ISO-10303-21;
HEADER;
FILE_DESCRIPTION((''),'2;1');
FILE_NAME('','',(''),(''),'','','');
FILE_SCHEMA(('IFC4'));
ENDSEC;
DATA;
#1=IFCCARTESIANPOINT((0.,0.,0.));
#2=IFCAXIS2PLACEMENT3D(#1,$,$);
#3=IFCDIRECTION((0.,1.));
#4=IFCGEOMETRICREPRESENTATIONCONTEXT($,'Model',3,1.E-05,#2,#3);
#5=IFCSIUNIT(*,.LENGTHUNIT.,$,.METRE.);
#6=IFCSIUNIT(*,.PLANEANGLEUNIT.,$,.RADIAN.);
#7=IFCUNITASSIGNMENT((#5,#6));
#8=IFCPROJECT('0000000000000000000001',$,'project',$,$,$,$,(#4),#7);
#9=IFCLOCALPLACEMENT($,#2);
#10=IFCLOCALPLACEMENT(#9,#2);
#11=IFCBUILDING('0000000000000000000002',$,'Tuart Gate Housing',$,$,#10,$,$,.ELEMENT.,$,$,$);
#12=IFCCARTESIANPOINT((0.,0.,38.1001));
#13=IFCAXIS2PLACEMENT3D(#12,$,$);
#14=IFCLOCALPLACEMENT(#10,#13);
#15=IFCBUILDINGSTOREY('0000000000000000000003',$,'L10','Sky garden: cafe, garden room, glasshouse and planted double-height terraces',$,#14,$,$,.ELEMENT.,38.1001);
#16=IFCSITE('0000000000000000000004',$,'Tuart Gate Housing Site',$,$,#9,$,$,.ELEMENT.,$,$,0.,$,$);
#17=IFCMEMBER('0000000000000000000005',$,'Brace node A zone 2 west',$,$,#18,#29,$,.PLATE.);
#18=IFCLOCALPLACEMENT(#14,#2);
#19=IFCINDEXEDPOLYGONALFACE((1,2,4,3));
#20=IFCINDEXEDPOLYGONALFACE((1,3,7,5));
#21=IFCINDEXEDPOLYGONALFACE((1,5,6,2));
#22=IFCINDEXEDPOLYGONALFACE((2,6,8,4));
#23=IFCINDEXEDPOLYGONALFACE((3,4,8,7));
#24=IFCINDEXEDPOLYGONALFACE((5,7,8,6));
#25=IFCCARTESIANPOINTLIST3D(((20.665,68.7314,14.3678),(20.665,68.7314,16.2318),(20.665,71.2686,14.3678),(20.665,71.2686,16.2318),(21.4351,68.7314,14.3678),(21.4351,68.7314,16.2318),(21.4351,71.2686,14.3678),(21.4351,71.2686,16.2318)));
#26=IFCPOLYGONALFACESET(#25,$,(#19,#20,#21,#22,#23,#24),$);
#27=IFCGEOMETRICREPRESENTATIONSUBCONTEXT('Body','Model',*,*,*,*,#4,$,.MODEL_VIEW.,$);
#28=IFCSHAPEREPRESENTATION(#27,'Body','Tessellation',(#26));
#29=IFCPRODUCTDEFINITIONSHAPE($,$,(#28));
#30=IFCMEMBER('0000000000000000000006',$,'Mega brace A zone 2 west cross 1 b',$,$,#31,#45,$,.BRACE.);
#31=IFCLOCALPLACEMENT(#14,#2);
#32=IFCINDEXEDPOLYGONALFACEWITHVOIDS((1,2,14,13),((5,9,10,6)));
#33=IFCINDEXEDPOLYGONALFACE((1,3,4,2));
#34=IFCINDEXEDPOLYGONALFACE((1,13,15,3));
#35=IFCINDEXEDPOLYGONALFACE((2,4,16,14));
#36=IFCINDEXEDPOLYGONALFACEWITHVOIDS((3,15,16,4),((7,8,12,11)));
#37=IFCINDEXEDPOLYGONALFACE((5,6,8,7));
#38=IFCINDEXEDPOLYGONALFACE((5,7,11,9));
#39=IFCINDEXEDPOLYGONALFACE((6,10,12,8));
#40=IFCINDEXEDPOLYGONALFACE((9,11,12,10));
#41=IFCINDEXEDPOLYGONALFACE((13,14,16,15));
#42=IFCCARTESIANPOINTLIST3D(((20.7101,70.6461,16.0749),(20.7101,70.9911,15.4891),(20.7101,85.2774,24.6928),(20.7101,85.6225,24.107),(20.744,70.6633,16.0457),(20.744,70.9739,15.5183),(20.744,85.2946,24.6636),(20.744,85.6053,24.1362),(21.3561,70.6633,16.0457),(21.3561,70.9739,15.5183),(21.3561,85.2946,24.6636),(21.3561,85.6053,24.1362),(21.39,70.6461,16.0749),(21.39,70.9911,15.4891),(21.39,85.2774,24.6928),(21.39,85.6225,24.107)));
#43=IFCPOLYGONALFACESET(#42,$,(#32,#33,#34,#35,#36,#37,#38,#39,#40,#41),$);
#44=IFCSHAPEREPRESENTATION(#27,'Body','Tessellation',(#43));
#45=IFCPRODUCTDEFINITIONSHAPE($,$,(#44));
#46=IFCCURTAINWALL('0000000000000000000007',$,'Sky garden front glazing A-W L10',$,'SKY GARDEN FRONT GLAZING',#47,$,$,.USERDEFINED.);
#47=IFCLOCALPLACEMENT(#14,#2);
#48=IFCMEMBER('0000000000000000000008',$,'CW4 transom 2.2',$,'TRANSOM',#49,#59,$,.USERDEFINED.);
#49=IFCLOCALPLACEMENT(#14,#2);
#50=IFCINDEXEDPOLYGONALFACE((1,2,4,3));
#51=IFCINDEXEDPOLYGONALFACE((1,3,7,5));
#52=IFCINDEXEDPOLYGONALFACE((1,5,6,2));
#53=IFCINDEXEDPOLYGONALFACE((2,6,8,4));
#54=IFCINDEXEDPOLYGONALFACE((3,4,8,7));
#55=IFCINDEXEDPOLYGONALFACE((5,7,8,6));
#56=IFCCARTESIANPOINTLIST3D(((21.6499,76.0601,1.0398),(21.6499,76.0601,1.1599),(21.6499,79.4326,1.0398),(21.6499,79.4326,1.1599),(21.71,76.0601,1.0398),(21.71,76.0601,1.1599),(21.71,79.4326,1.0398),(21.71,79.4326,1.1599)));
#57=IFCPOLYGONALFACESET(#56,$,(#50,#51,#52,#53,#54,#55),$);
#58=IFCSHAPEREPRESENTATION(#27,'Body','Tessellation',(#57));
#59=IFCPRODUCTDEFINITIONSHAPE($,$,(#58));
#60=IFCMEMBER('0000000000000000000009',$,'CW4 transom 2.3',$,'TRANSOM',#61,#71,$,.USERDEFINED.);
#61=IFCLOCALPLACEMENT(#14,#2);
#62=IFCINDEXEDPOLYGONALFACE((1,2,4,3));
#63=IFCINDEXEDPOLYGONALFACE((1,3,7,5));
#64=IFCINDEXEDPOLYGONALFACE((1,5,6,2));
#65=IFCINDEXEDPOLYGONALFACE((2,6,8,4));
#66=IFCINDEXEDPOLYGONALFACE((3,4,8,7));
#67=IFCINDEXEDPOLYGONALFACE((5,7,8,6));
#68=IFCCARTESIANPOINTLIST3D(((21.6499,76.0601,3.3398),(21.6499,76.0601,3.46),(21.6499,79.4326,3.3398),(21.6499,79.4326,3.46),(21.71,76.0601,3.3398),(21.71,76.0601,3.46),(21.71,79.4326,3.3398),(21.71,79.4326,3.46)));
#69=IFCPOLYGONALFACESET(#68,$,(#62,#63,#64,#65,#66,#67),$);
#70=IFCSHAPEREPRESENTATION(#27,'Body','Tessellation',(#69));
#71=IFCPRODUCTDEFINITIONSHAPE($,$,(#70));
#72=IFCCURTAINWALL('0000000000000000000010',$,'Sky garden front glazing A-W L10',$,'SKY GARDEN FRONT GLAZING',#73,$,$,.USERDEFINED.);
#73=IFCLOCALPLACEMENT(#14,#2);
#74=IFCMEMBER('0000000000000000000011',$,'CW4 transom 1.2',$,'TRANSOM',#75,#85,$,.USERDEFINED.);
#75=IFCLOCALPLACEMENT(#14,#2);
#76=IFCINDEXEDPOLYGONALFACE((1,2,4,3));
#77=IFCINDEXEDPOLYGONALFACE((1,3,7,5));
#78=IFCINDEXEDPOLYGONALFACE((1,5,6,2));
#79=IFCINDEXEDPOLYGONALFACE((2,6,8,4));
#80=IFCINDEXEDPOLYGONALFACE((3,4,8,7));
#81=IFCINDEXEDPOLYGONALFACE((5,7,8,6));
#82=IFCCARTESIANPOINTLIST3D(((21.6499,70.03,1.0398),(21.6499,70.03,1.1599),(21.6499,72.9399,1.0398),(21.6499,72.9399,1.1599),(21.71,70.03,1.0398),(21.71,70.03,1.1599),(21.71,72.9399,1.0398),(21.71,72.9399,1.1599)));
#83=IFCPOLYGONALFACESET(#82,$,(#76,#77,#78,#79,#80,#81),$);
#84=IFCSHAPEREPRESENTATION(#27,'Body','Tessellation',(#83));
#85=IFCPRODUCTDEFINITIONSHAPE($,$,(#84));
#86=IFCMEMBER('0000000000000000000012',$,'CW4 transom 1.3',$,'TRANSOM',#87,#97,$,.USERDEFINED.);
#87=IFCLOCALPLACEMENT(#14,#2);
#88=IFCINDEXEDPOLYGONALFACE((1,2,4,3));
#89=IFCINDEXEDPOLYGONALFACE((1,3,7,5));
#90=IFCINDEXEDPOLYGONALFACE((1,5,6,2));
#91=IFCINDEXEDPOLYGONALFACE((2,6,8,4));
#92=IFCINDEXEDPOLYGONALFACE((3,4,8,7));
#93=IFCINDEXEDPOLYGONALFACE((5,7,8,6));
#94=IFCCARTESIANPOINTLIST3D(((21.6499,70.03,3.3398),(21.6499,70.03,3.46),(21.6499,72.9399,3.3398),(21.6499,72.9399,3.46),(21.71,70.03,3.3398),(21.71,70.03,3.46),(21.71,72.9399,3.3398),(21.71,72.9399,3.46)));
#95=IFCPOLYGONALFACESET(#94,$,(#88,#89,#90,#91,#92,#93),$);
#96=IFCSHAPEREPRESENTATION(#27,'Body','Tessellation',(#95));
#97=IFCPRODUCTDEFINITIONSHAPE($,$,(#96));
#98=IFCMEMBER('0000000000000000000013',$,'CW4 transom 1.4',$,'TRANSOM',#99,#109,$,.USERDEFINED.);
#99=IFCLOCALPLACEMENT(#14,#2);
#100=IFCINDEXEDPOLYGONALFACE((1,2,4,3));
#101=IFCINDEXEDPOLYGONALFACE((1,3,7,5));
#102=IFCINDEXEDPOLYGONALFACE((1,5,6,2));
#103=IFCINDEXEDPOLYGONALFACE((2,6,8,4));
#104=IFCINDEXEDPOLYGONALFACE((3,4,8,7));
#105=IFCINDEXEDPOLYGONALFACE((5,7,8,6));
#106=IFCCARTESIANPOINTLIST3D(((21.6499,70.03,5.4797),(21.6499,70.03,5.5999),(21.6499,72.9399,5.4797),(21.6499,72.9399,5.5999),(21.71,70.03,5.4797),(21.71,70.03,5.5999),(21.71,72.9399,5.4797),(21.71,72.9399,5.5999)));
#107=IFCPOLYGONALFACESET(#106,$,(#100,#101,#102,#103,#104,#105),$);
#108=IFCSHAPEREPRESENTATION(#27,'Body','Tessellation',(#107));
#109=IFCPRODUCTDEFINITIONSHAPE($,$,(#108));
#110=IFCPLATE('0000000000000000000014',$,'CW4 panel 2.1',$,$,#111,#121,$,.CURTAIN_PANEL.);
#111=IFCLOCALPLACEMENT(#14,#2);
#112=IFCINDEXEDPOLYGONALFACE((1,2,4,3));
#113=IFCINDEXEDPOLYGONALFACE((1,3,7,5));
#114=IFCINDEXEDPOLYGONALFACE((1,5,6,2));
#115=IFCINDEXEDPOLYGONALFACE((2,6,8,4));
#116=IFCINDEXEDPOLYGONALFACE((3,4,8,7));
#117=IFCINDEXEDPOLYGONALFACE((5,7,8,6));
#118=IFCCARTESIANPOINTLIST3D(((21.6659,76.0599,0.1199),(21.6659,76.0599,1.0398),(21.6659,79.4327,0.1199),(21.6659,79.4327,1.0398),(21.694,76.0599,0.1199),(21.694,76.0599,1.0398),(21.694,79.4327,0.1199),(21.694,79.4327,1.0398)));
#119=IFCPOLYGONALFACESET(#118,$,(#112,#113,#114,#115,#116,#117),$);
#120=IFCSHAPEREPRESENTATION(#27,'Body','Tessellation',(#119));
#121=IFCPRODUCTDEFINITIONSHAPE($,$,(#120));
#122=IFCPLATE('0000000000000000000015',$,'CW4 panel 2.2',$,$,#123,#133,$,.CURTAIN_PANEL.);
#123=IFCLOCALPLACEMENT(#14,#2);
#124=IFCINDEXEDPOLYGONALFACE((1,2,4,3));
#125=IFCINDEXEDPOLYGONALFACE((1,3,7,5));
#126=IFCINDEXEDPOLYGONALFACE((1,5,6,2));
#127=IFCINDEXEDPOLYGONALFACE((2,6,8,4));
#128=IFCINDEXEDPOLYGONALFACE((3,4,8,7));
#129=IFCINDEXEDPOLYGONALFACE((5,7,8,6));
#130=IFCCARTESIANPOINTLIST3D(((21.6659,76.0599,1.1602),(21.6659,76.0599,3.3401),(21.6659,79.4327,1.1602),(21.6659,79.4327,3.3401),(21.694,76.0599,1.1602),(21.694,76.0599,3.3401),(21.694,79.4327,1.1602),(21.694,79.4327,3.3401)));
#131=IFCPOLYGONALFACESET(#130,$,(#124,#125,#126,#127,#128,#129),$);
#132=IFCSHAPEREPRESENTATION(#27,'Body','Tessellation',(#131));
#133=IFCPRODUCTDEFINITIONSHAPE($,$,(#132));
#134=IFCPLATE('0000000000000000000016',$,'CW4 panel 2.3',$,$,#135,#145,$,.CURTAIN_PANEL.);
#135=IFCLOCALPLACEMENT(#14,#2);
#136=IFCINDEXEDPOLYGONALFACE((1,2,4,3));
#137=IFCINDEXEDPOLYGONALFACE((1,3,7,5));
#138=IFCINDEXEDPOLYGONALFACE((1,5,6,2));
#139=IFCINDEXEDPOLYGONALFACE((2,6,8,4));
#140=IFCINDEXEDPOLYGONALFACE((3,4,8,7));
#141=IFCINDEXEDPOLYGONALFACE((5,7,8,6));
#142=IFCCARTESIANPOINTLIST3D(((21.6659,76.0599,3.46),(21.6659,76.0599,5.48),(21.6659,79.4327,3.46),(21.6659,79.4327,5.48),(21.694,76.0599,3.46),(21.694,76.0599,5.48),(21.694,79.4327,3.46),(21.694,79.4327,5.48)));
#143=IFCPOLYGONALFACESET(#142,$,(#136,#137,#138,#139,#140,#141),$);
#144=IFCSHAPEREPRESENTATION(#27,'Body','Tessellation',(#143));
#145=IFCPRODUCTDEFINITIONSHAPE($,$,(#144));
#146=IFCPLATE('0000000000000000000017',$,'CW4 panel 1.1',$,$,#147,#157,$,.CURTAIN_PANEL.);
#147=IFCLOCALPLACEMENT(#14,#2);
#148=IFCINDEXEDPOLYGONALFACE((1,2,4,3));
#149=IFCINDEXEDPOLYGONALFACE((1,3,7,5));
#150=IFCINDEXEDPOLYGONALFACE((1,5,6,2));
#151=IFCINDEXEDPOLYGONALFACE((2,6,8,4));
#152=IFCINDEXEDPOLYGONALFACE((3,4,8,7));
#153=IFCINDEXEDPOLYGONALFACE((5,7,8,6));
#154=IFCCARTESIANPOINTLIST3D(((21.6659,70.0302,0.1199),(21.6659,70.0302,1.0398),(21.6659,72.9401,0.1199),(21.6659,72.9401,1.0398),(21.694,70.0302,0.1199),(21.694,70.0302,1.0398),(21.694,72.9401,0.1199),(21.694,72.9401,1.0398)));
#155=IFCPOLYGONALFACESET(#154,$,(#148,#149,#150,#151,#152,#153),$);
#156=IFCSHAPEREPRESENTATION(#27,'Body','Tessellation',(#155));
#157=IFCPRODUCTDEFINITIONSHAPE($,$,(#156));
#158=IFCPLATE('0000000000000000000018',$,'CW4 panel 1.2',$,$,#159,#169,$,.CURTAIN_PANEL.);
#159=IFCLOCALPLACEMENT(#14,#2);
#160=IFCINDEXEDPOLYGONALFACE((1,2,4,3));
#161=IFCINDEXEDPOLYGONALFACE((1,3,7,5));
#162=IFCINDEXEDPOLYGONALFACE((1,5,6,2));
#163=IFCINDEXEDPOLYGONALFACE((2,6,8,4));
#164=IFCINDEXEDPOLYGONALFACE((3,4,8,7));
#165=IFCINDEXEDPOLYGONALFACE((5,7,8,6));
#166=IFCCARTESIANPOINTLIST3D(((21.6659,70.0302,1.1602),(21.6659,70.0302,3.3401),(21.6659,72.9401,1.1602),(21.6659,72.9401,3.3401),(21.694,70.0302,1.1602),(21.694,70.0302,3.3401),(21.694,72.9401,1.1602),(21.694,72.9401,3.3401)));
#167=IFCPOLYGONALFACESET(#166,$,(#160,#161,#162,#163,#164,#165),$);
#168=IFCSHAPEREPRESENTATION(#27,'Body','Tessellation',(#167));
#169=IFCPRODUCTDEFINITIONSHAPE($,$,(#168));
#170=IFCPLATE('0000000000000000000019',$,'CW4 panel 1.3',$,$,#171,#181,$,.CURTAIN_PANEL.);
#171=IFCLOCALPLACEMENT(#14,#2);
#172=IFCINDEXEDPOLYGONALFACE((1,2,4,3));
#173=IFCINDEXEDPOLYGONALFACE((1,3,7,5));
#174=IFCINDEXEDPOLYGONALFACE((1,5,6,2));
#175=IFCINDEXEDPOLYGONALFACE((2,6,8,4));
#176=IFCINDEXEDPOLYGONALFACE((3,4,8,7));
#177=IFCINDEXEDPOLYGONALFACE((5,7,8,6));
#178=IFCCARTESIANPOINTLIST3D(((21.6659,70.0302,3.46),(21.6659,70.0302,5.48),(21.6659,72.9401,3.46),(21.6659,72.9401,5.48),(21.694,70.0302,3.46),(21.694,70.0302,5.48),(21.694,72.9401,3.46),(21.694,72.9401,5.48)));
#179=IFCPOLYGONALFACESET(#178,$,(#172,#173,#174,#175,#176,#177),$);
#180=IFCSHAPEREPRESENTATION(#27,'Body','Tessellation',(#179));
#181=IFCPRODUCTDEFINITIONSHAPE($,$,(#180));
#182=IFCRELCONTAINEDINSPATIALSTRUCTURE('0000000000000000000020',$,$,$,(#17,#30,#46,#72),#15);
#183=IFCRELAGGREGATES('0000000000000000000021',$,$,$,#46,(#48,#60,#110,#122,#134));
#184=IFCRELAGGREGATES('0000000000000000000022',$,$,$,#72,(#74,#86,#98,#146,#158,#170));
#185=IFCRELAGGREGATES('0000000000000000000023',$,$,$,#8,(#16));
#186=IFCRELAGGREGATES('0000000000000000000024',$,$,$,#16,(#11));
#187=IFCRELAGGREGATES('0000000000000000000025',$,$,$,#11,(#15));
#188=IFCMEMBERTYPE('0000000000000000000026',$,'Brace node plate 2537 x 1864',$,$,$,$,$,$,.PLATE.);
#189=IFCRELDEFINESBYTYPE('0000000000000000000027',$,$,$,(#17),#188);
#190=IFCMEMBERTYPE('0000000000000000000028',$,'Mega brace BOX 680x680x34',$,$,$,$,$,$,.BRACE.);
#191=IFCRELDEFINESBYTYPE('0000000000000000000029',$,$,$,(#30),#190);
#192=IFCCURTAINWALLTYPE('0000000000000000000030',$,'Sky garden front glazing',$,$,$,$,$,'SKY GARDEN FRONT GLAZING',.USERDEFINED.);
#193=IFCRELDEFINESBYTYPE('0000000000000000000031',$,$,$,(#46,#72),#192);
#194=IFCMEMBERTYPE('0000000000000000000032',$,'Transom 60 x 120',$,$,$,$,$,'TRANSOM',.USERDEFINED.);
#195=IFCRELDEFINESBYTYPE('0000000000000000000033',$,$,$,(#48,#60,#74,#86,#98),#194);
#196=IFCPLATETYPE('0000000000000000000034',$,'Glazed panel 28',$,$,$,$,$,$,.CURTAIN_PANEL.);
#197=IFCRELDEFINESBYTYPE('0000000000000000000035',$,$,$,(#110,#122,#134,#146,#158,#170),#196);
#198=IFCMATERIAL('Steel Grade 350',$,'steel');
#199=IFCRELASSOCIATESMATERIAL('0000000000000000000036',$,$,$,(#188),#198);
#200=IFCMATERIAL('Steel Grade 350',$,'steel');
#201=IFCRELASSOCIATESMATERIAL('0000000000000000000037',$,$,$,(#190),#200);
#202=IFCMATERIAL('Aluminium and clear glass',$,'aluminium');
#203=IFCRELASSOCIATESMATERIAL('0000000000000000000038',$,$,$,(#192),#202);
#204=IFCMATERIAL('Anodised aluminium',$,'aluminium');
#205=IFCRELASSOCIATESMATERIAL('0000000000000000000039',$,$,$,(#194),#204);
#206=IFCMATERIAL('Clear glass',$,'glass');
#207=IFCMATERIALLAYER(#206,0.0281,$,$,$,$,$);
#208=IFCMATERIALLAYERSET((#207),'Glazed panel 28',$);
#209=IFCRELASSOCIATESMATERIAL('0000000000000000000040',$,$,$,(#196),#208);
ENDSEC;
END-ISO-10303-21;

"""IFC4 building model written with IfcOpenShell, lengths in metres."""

from ifc_helpers import new_model, si_unit, direction, frame, origin, origin_2d, place, context, subcontext, project, spatial, rectangle, hollow_rectangle, extrude, material, layer, layer_set, material_profile, profile_set, type_object, element, aggregate, save


model = new_model("IFC4")

# Units and contexts
model_context = context("Model", 3, precision=1e-05, world=origin(), true_north=direction((0.0, 1.0)))
body_context = subcontext(model_context, "Body", "Model", "MODEL_VIEW")
ifc_project = project(units=[si_unit("LENGTHUNIT", "METRE"), si_unit("PLANEANGLEUNIT", "RADIAN")], contexts=[model_context])

# Site, building, storey
site_placement = place(None, origin())
site = spatial("IfcSite", under=ifc_project, at=site_placement, Name="Tuart Gate Housing Site", CompositionType="ELEMENT", RefElevation=0.0)
building_placement = place(site_placement, origin())
building = spatial("IfcBuilding", under=site, at=building_placement, Name="Tuart Gate Housing", CompositionType="ELEMENT")
storey_placement = place(building_placement, frame((0.0, 0.0, 38.1001)))
storey = spatial("IfcBuildingStorey", under=building, at=storey_placement, Name="L10", Description="Sky garden: cafe, garden room, glasshouse and planted double-height terraces", CompositionType="ELEMENT", Elevation=38.1001)

# Members
ifc_material_1 = material(Name="Steel Grade 350", Category="steel")
ifc_material_profile_1 = material_profile(ifc_material_1, rectangle(XDim=2.5371, YDim=1.864, at=origin_2d()), Name="Brace node plate 2537 x 1864")
ifc_profile_set_1 = profile_set([ifc_material_profile_1], Name="Steel Grade 350")
member_type_1 = type_object("IfcMemberType", Name="Brace node plate 2537 x 1864", PredefinedType="PLATE", material=ifc_profile_set_1)
member_1_placement = place(storey_placement, frame((20.665, 70.0, 15.2998), z_axis=(1.0, 0.0, 0.0), x_axis=(0.0, 1.0, 0.0)))
element("IfcMember", 1, at=member_1_placement, inside=storey, type_object=member_type_1, Name="Brace node A zone 2 west", PredefinedType="PLATE", context=body_context, shape_type="SweptSolid", body=[
    extrude(rectangle(XDim=2.5371, YDim=1.864, at=origin_2d()), origin(), (0.0, 0.0, 1.0), 0.77),
])
ifc_material_2 = material(Name="Steel Grade 350", Category="steel")
ifc_material_profile_2 = material_profile(ifc_material_2, hollow_rectangle(XDim=0.6799, YDim=0.6799, WallThickness=0.0339, at=origin_2d()), Name="BOX 680x680x34")
ifc_profile_set_2 = profile_set([ifc_material_profile_2], Name="Steel Grade 350")
member_type_2 = type_object("IfcMemberType", Name="Mega brace BOX 680x680x34", PredefinedType="BRACE", material=ifc_profile_set_2)
member_2_placement = place(storey_placement, frame((21.05, 70.8186, 15.782), z_axis=(0.0, 0.861645, 0.507512), x_axis=(-1.0, 0.0, 0.0)))
element("IfcMember", 2, at=member_2_placement, inside=storey, type_object=member_type_2, Name="Mega brace A zone 2 west cross 1 b", PredefinedType="BRACE", context=body_context, shape_type="SweptSolid", body=[
    extrude(hollow_rectangle(XDim=0.6799, YDim=0.6799, WallThickness=0.0339, at=origin_2d()), origin(), (0.0, 0.0, 1.0), 16.9807),
])

# Curtain walls, members
ifc_material_3 = material(Name="Aluminium and clear glass", Category="aluminium")
curtain_wall_type = type_object("IfcCurtainWallType", Name="Sky garden front glazing", ElementType="SKY GARDEN FRONT GLAZING", PredefinedType="USERDEFINED", material=ifc_material_3)
curtain_wall_1_placement = place(storey_placement, origin())
curtain_wall_1 = element("IfcCurtainWall", 3, at=curtain_wall_1_placement, inside=storey, type_object=curtain_wall_type, Name="Sky garden front glazing A-W L10", ObjectType="SKY GARDEN FRONT GLAZING", PredefinedType="USERDEFINED")
ifc_material_4 = material(Name="Anodised aluminium", Category="aluminium")
ifc_material_profile_3 = material_profile(ifc_material_4, rectangle(XDim=0.0601, YDim=0.1201, at=origin_2d()), Name="60x120")
ifc_profile_set_3 = profile_set([ifc_material_profile_3], Name="Anodised aluminium")
member_type_3 = type_object("IfcMemberType", Name="Transom 60 x 120", ElementType="TRANSOM", PredefinedType="USERDEFINED", material=ifc_profile_set_3)
member_3_placement = place(storey_placement, frame((21.6799, 79.4326, 1.0999), z_axis=(0.0, -1.0, 0.0), x_axis=(1.0, 0.0, 0.0)))
member_3 = element("IfcMember", 4, at=member_3_placement, type_object=member_type_3, Name="CW4 transom 2.2", ObjectType="TRANSOM", PredefinedType="USERDEFINED", context=body_context, shape_type="SweptSolid", body=[
    extrude(rectangle(XDim=0.0601, YDim=0.1201, at=origin_2d()), origin(), (0.0, 0.0, 1.0), 3.3726),
])
member_4_placement = place(storey_placement, frame((21.6799, 79.4326, 3.3999), z_axis=(0.0, -1.0, 0.0), x_axis=(1.0, 0.0, 0.0)))
member_4 = element("IfcMember", 5, at=member_4_placement, type_object=member_type_3, Name="CW4 transom 2.3", ObjectType="TRANSOM", PredefinedType="USERDEFINED", context=body_context, shape_type="SweptSolid", body=[
    extrude(rectangle(XDim=0.0601, YDim=0.1201, at=origin_2d()), origin(), (0.0, 0.0, 1.0), 3.3726),
])
curtain_wall_2_placement = place(storey_placement, origin())
curtain_wall_2 = element("IfcCurtainWall", 6, at=curtain_wall_2_placement, inside=storey, type_object=curtain_wall_type, Name="Sky garden front glazing A-W L10", ObjectType="SKY GARDEN FRONT GLAZING", PredefinedType="USERDEFINED")
member_5_placement = place(storey_placement, frame((21.6799, 72.9399, 1.0999), z_axis=(0.0, -1.0, 0.0), x_axis=(1.0, 0.0, 0.0)))
member_5 = element("IfcMember", 7, at=member_5_placement, type_object=member_type_3, Name="CW4 transom 1.2", ObjectType="TRANSOM", PredefinedType="USERDEFINED", context=body_context, shape_type="SweptSolid", body=[
    extrude(rectangle(XDim=0.0601, YDim=0.1201, at=origin_2d()), origin(), (0.0, 0.0, 1.0), 2.9099),
])
member_6_placement = place(storey_placement, frame((21.6799, 72.9399, 3.3999), z_axis=(0.0, -1.0, 0.0), x_axis=(1.0, 0.0, 0.0)))
member_6 = element("IfcMember", 8, at=member_6_placement, type_object=member_type_3, Name="CW4 transom 1.3", ObjectType="TRANSOM", PredefinedType="USERDEFINED", context=body_context, shape_type="SweptSolid", body=[
    extrude(rectangle(XDim=0.0601, YDim=0.1201, at=origin_2d()), origin(), (0.0, 0.0, 1.0), 2.9099),
])
member_7_placement = place(storey_placement, frame((21.6799, 72.9399, 5.5398), z_axis=(0.0, -1.0, 0.0), x_axis=(1.0, 0.0, 0.0)))
member_7 = element("IfcMember", 9, at=member_7_placement, type_object=member_type_3, Name="CW4 transom 1.4", ObjectType="TRANSOM", PredefinedType="USERDEFINED", context=body_context, shape_type="SweptSolid", body=[
    extrude(rectangle(XDim=0.0601, YDim=0.1201, at=origin_2d()), origin(), (0.0, 0.0, 1.0), 2.9099),
])

# Plates
ifc_material_5 = material(Name="Clear glass", Category="glass")
ifc_layer = layer(ifc_material_5, 0.0281)
ifc_layer_set = layer_set([ifc_layer], Name="Glazed panel 28")
plate_type = type_object("IfcPlateType", Name="Glazed panel 28", PredefinedType="CURTAIN_PANEL", material=ifc_layer_set)
plate_1_placement = place(storey_placement, frame((21.6799, 77.7463, 0.1199), z_axis=(0.0, 0.0, 1.0), x_axis=(0.0, -1.0, 0.0)))
plate_1 = element("IfcPlate", 10, at=plate_1_placement, type_object=plate_type, Name="CW4 panel 2.1", PredefinedType="CURTAIN_PANEL", context=body_context, shape_type="SweptSolid", body=[
    extrude(rectangle(XDim=3.3728, YDim=0.0281, at=origin_2d()), origin(), (0.0, 0.0, 1.0), 0.9199),
])
plate_2_placement = place(storey_placement, frame((21.6799, 77.7463, 1.1602), z_axis=(0.0, 0.0, 1.0), x_axis=(0.0, -1.0, 0.0)))
plate_2 = element("IfcPlate", 11, at=plate_2_placement, type_object=plate_type, Name="CW4 panel 2.2", PredefinedType="CURTAIN_PANEL", context=body_context, shape_type="SweptSolid", body=[
    extrude(rectangle(XDim=3.3728, YDim=0.0281, at=origin_2d()), origin(), (0.0, 0.0, 1.0), 2.1799),
])
plate_3_placement = place(storey_placement, frame((21.6799, 77.7463, 3.46), z_axis=(0.0, 0.0, 1.0), x_axis=(0.0, -1.0, 0.0)))
plate_3 = element("IfcPlate", 12, at=plate_3_placement, type_object=plate_type, Name="CW4 panel 2.3", PredefinedType="CURTAIN_PANEL", context=body_context, shape_type="SweptSolid", body=[
    extrude(rectangle(XDim=3.3728, YDim=0.0281, at=origin_2d()), origin(), (0.0, 0.0, 1.0), 2.02),
])
aggregate(curtain_wall_1, [member_3, member_4, plate_1, plate_2, plate_3])
plate_4_placement = place(storey_placement, frame((21.6799, 71.4851, 0.1199), z_axis=(0.0, 0.0, 1.0), x_axis=(0.0, -1.0, 0.0)))
plate_4 = element("IfcPlate", 13, at=plate_4_placement, type_object=plate_type, Name="CW4 panel 1.1", PredefinedType="CURTAIN_PANEL", context=body_context, shape_type="SweptSolid", body=[
    extrude(rectangle(XDim=2.9099, YDim=0.0281, at=origin_2d()), origin(), (0.0, 0.0, 1.0), 0.9199),
])
plate_5_placement = place(storey_placement, frame((21.6799, 71.4851, 1.1602), z_axis=(0.0, 0.0, 1.0), x_axis=(0.0, -1.0, 0.0)))
plate_5 = element("IfcPlate", 14, at=plate_5_placement, type_object=plate_type, Name="CW4 panel 1.2", PredefinedType="CURTAIN_PANEL", context=body_context, shape_type="SweptSolid", body=[
    extrude(rectangle(XDim=2.9099, YDim=0.0281, at=origin_2d()), origin(), (0.0, 0.0, 1.0), 2.1799),
])
plate_6_placement = place(storey_placement, frame((21.6799, 71.4851, 3.46), z_axis=(0.0, 0.0, 1.0), x_axis=(0.0, -1.0, 0.0)))
plate_6 = element("IfcPlate", 15, at=plate_6_placement, type_object=plate_type, Name="CW4 panel 1.3", PredefinedType="CURTAIN_PANEL", context=body_context, shape_type="SweptSolid", body=[
    extrude(rectangle(XDim=2.9099, YDim=0.0281, at=origin_2d()), origin(), (0.0, 0.0, 1.0), 2.02),
])
aggregate(curtain_wall_2, [member_5, member_6, member_7, plate_4, plate_5, plate_6])

save(model, "model.ifc")
